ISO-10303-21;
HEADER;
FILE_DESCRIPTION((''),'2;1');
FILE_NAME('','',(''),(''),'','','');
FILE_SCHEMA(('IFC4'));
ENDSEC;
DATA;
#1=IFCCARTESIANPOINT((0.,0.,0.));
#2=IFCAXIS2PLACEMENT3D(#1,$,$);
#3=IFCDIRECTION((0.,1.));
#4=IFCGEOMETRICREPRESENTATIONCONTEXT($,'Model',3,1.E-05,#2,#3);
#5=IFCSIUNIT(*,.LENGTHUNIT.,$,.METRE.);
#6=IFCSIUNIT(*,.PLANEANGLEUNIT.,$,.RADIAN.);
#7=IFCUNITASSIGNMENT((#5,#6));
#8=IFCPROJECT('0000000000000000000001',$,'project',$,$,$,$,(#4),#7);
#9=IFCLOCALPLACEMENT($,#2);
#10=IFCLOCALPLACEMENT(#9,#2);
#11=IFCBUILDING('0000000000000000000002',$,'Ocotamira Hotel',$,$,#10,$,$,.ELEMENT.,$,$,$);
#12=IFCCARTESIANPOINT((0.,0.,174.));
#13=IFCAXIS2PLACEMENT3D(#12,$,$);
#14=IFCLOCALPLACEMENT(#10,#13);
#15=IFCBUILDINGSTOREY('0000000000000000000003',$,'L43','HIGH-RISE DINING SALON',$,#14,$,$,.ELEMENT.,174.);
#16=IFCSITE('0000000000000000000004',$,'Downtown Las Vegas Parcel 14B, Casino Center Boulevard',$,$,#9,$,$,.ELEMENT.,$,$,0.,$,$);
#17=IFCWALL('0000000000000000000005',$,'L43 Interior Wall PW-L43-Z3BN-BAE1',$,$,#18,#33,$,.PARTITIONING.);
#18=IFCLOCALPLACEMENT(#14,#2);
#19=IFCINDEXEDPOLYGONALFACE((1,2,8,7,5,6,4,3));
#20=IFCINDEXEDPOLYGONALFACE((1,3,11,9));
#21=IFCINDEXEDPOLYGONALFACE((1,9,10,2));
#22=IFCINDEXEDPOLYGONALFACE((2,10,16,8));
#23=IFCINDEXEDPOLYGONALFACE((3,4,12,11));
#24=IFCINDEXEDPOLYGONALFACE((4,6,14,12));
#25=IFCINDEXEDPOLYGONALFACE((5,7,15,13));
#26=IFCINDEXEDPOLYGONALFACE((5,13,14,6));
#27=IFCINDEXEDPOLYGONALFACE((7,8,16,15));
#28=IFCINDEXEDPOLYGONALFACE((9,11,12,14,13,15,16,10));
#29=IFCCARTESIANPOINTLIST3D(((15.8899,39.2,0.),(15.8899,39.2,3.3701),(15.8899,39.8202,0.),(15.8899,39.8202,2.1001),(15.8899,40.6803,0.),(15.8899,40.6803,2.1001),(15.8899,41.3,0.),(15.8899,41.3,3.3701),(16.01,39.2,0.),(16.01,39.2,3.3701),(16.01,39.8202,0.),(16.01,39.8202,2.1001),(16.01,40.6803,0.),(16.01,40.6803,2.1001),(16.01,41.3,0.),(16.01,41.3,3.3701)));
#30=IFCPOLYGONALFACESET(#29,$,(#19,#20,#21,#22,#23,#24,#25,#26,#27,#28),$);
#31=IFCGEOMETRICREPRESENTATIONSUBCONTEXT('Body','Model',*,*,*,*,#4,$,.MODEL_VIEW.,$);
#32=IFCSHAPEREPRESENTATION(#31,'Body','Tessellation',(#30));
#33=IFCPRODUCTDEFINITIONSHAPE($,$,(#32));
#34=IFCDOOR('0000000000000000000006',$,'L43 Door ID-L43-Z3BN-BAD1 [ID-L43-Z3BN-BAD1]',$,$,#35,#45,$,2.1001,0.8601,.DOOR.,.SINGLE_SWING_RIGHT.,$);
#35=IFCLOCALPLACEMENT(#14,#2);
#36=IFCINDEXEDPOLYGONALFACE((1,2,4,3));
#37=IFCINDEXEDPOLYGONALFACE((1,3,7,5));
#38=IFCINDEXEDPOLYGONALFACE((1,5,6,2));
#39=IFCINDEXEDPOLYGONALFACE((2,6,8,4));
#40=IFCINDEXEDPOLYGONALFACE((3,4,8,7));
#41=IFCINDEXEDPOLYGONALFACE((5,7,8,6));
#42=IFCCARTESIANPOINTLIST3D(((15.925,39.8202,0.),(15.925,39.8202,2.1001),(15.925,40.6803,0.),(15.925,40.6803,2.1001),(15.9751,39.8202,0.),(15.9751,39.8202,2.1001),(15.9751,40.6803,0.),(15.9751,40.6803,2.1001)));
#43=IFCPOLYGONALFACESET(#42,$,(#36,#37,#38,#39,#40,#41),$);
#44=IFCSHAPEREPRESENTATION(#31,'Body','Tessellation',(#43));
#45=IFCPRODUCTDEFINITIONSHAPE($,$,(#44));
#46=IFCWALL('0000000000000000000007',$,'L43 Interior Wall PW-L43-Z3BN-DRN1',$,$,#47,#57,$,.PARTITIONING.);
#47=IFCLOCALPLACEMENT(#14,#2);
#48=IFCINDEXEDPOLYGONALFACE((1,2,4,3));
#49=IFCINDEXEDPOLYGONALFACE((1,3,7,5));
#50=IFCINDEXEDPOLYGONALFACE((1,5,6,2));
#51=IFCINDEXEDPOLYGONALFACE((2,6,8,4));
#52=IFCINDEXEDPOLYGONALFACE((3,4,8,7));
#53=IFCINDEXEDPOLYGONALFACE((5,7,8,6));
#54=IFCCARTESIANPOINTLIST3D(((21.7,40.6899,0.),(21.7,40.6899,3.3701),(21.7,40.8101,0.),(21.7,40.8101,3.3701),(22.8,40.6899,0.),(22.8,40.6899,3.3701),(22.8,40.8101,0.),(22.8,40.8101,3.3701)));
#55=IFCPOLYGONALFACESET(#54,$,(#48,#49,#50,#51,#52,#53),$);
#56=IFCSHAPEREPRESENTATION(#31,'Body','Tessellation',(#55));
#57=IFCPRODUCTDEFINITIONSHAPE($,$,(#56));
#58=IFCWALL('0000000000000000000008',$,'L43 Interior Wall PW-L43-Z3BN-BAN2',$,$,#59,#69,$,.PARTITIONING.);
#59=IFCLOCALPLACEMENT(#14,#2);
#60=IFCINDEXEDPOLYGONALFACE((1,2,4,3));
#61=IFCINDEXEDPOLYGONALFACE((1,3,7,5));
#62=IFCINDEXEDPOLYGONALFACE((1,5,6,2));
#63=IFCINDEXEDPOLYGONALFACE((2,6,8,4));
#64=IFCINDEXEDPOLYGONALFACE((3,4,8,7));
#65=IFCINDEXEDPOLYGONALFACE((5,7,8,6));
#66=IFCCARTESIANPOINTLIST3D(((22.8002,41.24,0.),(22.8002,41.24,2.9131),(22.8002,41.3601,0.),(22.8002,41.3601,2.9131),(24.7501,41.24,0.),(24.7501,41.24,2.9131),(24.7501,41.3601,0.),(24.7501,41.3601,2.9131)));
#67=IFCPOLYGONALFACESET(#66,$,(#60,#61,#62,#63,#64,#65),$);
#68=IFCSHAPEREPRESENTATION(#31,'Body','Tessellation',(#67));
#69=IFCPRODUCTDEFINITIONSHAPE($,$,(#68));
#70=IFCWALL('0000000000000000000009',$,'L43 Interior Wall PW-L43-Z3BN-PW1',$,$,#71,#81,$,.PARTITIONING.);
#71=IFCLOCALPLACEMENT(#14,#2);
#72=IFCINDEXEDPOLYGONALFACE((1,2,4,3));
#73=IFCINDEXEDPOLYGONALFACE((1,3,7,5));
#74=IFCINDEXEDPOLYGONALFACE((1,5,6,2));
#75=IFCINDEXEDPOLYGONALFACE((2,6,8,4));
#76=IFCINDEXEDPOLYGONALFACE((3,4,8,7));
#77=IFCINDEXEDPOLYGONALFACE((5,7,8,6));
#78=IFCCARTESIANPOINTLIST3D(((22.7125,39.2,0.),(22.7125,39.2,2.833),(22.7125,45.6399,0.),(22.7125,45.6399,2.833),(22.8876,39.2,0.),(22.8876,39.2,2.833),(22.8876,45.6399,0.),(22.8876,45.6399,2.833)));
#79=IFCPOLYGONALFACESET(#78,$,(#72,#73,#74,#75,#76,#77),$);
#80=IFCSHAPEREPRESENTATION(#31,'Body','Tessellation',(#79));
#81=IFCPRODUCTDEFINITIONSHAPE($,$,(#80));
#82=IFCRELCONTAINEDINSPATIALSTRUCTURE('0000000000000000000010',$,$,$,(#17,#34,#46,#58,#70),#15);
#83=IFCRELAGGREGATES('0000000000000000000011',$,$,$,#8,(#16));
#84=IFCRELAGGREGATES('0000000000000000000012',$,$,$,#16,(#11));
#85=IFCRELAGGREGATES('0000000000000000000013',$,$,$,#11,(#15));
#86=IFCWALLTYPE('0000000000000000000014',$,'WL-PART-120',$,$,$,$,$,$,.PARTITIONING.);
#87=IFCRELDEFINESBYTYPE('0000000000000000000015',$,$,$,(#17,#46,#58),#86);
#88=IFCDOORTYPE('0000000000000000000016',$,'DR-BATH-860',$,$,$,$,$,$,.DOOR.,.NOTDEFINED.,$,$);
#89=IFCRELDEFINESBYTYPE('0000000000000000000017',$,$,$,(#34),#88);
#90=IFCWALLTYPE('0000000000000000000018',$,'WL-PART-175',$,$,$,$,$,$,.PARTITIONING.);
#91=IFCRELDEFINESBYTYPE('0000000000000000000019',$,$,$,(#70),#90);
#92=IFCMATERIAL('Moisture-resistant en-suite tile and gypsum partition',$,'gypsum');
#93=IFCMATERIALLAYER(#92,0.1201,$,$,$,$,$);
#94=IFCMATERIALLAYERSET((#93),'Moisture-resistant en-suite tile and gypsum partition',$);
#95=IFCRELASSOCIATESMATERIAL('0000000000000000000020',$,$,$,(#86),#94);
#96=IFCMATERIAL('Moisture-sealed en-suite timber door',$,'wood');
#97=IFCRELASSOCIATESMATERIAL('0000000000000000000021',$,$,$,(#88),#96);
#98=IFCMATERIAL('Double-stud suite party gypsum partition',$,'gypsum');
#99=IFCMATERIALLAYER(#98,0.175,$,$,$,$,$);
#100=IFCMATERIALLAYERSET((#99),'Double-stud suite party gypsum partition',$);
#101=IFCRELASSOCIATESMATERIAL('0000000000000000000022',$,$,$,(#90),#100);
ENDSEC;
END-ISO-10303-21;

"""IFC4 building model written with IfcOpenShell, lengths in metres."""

from ifc_helpers import new_model, si_unit, direction, frame, frame_2d, origin, place, context, subcontext, project, spatial, rectangle, extrude, source, transform, mapped, material, layer, layer_set, type_object, element, fill, save


model = new_model("IFC4")

# Units and contexts
model_context = context("Model", 3, precision=1e-05, world=origin(), true_north=direction((0.0, 1.0)))
body_context = subcontext(model_context, "Body", "Model", "MODEL_VIEW")
ifc_project = project(units=[si_unit("LENGTHUNIT", "METRE"), si_unit("PLANEANGLEUNIT", "RADIAN")], contexts=[model_context])

# Site, building, storey
site_placement = place(None, origin())
site = spatial("IfcSite", under=ifc_project, at=site_placement, Name="Downtown Las Vegas Parcel 14B, Casino Center Boulevard", CompositionType="ELEMENT", RefElevation=0.0)
building_placement = place(site_placement, origin())
building = spatial("IfcBuilding", under=site, at=building_placement, Name="Ocotamira Hotel", CompositionType="ELEMENT")
storey_placement = place(building_placement, frame((0.0, 0.0, 174.0)))
storey = spatial("IfcBuildingStorey", under=building, at=storey_placement, Name="L43", Description="HIGH-RISE DINING SALON", CompositionType="ELEMENT", Elevation=174.0)

# Wall, opening, door
ifc_material_1 = material(Name="Moisture-resistant en-suite tile and gypsum partition", Category="gypsum")
ifc_layer_1 = layer(ifc_material_1, 0.1201)
ifc_layer_set_1 = layer_set([ifc_layer_1], Name="Moisture-resistant en-suite tile and gypsum partition")
wall_type_1 = type_object("IfcWallType", Name="WL-PART-120", PredefinedType="PARTITIONING", material=ifc_layer_set_1)
wall_1_placement = place(storey_placement, frame((15.95, 39.2, 0.0), z_axis=(0.0, 0.0, 1.0), x_axis=(0.0, 1.0, 0.0)))
wall_1 = element("IfcWall", 1, at=wall_1_placement, inside=storey, type_object=wall_type_1, Name="L43 Interior Wall PW-L43-Z3BN-BAE1", PredefinedType="PARTITIONING", context=body_context, shape_type="SweptSolid", body=[
    extrude(rectangle(XDim=2.1001, YDim=0.1201, at=frame_2d((1.05, 0.0))), origin(), (0.0, 0.0, 1.0), 3.3701),
])
opening_placement = place(wall_1_placement, frame((0.6201, 0.0, 0.0)))
opening = element("IfcOpeningElement", 2, at=opening_placement, cuts=wall_1, PredefinedType="OPENING", context=body_context, shape_type="SweptSolid", body=[
    extrude(rectangle(XDim=0.8601, YDim=2.1001, at=frame_2d((0.4302, 1.05))), frame((0.0, 0.0701, 0.0), z_axis=(0.0, -1.0, 0.0), x_axis=(1.0, 0.0, 0.0)), (0.0, 0.0, 1.0), 0.1401),
])
ifc_material_2 = material(Name="Moisture-sealed en-suite timber door", Category="wood")
door_type = type_object("IfcDoorType", Name="DR-BATH-860", OperationType="NOTDEFINED", PredefinedType="DOOR", material=ifc_material_2)
shared_shape_1 = source(origin(), body_context, "Body", "SweptSolid", [
    extrude(rectangle(XDim=0.8601, YDim=2.1001, at=frame_2d((0.4302, 1.05))), frame((0.0, 0.0249, 0.0), z_axis=(0.0, -1.0, 0.0), x_axis=(1.0, 0.0, 0.0)), (0.0, 0.0, 1.0), 0.05),
])
door_placement = place(opening_placement, origin())
door = element("IfcDoor", 3, at=door_placement, inside=storey, type_object=door_type, Name="L43 Door ID-L43-Z3BN-BAD1 [ID-L43-Z3BN-BAD1]", OperationType="SINGLE_SWING_RIGHT", OverallHeight=2.1001, OverallWidth=0.8601, PredefinedType="DOOR", context=body_context, shape_type="MappedRepresentation", body=[
    mapped(shared_shape_1, transform((0.0, 0.0, 0.0), scale=1.0)),
])
fill(opening, door)

# Walls
wall_2_placement = place(storey_placement, frame((21.7, 40.75, 0.0), z_axis=(0.0, 0.0, 1.0), x_axis=(1.0, 0.0, 0.0)))
element("IfcWall", 4, at=wall_2_placement, inside=storey, type_object=wall_type_1, Name="L43 Interior Wall PW-L43-Z3BN-DRN1", PredefinedType="PARTITIONING", context=body_context, shape_type="SweptSolid", body=[
    extrude(rectangle(XDim=1.1001, YDim=0.1201, at=frame_2d((0.55, 0.0))), origin(), (0.0, 0.0, 1.0), 3.3701),
])
wall_3_placement = place(storey_placement, frame((22.8, 41.3, 0.0), z_axis=(0.0, 0.0, 1.0), x_axis=(1.0, 0.0, 0.0)))
element("IfcWall", 5, at=wall_3_placement, inside=storey, type_object=wall_type_1, Name="L43 Interior Wall PW-L43-Z3BN-BAN2", PredefinedType="PARTITIONING", context=body_context, shape_type="SweptSolid", body=[
    extrude(rectangle(XDim=1.95, YDim=0.1201, at=frame_2d((0.9751, 0.0))), origin(), (0.0, 0.0, 1.0), 2.9131),
])
ifc_material_3 = material(Name="Double-stud suite party gypsum partition", Category="gypsum")
ifc_layer_2 = layer(ifc_material_3, 0.175)
ifc_layer_set_2 = layer_set([ifc_layer_2], Name="Double-stud suite party gypsum partition")
wall_type_2 = type_object("IfcWallType", Name="WL-PART-175", PredefinedType="PARTITIONING", material=ifc_layer_set_2)
wall_4_placement = place(storey_placement, frame((22.8, 39.2, 0.0), z_axis=(0.0, 0.0, 1.0), x_axis=(0.0, 1.0, 0.0)))
element("IfcWall", 6, at=wall_4_placement, inside=storey, type_object=wall_type_2, Name="L43 Interior Wall PW-L43-Z3BN-PW1", PredefinedType="PARTITIONING", context=body_context, shape_type="SweptSolid", body=[
    extrude(rectangle(XDim=6.4399, YDim=0.175, at=frame_2d((3.22, 0.0))), origin(), (0.0, 0.0, 1.0), 2.833),
])

save(model, "model.ifc")
